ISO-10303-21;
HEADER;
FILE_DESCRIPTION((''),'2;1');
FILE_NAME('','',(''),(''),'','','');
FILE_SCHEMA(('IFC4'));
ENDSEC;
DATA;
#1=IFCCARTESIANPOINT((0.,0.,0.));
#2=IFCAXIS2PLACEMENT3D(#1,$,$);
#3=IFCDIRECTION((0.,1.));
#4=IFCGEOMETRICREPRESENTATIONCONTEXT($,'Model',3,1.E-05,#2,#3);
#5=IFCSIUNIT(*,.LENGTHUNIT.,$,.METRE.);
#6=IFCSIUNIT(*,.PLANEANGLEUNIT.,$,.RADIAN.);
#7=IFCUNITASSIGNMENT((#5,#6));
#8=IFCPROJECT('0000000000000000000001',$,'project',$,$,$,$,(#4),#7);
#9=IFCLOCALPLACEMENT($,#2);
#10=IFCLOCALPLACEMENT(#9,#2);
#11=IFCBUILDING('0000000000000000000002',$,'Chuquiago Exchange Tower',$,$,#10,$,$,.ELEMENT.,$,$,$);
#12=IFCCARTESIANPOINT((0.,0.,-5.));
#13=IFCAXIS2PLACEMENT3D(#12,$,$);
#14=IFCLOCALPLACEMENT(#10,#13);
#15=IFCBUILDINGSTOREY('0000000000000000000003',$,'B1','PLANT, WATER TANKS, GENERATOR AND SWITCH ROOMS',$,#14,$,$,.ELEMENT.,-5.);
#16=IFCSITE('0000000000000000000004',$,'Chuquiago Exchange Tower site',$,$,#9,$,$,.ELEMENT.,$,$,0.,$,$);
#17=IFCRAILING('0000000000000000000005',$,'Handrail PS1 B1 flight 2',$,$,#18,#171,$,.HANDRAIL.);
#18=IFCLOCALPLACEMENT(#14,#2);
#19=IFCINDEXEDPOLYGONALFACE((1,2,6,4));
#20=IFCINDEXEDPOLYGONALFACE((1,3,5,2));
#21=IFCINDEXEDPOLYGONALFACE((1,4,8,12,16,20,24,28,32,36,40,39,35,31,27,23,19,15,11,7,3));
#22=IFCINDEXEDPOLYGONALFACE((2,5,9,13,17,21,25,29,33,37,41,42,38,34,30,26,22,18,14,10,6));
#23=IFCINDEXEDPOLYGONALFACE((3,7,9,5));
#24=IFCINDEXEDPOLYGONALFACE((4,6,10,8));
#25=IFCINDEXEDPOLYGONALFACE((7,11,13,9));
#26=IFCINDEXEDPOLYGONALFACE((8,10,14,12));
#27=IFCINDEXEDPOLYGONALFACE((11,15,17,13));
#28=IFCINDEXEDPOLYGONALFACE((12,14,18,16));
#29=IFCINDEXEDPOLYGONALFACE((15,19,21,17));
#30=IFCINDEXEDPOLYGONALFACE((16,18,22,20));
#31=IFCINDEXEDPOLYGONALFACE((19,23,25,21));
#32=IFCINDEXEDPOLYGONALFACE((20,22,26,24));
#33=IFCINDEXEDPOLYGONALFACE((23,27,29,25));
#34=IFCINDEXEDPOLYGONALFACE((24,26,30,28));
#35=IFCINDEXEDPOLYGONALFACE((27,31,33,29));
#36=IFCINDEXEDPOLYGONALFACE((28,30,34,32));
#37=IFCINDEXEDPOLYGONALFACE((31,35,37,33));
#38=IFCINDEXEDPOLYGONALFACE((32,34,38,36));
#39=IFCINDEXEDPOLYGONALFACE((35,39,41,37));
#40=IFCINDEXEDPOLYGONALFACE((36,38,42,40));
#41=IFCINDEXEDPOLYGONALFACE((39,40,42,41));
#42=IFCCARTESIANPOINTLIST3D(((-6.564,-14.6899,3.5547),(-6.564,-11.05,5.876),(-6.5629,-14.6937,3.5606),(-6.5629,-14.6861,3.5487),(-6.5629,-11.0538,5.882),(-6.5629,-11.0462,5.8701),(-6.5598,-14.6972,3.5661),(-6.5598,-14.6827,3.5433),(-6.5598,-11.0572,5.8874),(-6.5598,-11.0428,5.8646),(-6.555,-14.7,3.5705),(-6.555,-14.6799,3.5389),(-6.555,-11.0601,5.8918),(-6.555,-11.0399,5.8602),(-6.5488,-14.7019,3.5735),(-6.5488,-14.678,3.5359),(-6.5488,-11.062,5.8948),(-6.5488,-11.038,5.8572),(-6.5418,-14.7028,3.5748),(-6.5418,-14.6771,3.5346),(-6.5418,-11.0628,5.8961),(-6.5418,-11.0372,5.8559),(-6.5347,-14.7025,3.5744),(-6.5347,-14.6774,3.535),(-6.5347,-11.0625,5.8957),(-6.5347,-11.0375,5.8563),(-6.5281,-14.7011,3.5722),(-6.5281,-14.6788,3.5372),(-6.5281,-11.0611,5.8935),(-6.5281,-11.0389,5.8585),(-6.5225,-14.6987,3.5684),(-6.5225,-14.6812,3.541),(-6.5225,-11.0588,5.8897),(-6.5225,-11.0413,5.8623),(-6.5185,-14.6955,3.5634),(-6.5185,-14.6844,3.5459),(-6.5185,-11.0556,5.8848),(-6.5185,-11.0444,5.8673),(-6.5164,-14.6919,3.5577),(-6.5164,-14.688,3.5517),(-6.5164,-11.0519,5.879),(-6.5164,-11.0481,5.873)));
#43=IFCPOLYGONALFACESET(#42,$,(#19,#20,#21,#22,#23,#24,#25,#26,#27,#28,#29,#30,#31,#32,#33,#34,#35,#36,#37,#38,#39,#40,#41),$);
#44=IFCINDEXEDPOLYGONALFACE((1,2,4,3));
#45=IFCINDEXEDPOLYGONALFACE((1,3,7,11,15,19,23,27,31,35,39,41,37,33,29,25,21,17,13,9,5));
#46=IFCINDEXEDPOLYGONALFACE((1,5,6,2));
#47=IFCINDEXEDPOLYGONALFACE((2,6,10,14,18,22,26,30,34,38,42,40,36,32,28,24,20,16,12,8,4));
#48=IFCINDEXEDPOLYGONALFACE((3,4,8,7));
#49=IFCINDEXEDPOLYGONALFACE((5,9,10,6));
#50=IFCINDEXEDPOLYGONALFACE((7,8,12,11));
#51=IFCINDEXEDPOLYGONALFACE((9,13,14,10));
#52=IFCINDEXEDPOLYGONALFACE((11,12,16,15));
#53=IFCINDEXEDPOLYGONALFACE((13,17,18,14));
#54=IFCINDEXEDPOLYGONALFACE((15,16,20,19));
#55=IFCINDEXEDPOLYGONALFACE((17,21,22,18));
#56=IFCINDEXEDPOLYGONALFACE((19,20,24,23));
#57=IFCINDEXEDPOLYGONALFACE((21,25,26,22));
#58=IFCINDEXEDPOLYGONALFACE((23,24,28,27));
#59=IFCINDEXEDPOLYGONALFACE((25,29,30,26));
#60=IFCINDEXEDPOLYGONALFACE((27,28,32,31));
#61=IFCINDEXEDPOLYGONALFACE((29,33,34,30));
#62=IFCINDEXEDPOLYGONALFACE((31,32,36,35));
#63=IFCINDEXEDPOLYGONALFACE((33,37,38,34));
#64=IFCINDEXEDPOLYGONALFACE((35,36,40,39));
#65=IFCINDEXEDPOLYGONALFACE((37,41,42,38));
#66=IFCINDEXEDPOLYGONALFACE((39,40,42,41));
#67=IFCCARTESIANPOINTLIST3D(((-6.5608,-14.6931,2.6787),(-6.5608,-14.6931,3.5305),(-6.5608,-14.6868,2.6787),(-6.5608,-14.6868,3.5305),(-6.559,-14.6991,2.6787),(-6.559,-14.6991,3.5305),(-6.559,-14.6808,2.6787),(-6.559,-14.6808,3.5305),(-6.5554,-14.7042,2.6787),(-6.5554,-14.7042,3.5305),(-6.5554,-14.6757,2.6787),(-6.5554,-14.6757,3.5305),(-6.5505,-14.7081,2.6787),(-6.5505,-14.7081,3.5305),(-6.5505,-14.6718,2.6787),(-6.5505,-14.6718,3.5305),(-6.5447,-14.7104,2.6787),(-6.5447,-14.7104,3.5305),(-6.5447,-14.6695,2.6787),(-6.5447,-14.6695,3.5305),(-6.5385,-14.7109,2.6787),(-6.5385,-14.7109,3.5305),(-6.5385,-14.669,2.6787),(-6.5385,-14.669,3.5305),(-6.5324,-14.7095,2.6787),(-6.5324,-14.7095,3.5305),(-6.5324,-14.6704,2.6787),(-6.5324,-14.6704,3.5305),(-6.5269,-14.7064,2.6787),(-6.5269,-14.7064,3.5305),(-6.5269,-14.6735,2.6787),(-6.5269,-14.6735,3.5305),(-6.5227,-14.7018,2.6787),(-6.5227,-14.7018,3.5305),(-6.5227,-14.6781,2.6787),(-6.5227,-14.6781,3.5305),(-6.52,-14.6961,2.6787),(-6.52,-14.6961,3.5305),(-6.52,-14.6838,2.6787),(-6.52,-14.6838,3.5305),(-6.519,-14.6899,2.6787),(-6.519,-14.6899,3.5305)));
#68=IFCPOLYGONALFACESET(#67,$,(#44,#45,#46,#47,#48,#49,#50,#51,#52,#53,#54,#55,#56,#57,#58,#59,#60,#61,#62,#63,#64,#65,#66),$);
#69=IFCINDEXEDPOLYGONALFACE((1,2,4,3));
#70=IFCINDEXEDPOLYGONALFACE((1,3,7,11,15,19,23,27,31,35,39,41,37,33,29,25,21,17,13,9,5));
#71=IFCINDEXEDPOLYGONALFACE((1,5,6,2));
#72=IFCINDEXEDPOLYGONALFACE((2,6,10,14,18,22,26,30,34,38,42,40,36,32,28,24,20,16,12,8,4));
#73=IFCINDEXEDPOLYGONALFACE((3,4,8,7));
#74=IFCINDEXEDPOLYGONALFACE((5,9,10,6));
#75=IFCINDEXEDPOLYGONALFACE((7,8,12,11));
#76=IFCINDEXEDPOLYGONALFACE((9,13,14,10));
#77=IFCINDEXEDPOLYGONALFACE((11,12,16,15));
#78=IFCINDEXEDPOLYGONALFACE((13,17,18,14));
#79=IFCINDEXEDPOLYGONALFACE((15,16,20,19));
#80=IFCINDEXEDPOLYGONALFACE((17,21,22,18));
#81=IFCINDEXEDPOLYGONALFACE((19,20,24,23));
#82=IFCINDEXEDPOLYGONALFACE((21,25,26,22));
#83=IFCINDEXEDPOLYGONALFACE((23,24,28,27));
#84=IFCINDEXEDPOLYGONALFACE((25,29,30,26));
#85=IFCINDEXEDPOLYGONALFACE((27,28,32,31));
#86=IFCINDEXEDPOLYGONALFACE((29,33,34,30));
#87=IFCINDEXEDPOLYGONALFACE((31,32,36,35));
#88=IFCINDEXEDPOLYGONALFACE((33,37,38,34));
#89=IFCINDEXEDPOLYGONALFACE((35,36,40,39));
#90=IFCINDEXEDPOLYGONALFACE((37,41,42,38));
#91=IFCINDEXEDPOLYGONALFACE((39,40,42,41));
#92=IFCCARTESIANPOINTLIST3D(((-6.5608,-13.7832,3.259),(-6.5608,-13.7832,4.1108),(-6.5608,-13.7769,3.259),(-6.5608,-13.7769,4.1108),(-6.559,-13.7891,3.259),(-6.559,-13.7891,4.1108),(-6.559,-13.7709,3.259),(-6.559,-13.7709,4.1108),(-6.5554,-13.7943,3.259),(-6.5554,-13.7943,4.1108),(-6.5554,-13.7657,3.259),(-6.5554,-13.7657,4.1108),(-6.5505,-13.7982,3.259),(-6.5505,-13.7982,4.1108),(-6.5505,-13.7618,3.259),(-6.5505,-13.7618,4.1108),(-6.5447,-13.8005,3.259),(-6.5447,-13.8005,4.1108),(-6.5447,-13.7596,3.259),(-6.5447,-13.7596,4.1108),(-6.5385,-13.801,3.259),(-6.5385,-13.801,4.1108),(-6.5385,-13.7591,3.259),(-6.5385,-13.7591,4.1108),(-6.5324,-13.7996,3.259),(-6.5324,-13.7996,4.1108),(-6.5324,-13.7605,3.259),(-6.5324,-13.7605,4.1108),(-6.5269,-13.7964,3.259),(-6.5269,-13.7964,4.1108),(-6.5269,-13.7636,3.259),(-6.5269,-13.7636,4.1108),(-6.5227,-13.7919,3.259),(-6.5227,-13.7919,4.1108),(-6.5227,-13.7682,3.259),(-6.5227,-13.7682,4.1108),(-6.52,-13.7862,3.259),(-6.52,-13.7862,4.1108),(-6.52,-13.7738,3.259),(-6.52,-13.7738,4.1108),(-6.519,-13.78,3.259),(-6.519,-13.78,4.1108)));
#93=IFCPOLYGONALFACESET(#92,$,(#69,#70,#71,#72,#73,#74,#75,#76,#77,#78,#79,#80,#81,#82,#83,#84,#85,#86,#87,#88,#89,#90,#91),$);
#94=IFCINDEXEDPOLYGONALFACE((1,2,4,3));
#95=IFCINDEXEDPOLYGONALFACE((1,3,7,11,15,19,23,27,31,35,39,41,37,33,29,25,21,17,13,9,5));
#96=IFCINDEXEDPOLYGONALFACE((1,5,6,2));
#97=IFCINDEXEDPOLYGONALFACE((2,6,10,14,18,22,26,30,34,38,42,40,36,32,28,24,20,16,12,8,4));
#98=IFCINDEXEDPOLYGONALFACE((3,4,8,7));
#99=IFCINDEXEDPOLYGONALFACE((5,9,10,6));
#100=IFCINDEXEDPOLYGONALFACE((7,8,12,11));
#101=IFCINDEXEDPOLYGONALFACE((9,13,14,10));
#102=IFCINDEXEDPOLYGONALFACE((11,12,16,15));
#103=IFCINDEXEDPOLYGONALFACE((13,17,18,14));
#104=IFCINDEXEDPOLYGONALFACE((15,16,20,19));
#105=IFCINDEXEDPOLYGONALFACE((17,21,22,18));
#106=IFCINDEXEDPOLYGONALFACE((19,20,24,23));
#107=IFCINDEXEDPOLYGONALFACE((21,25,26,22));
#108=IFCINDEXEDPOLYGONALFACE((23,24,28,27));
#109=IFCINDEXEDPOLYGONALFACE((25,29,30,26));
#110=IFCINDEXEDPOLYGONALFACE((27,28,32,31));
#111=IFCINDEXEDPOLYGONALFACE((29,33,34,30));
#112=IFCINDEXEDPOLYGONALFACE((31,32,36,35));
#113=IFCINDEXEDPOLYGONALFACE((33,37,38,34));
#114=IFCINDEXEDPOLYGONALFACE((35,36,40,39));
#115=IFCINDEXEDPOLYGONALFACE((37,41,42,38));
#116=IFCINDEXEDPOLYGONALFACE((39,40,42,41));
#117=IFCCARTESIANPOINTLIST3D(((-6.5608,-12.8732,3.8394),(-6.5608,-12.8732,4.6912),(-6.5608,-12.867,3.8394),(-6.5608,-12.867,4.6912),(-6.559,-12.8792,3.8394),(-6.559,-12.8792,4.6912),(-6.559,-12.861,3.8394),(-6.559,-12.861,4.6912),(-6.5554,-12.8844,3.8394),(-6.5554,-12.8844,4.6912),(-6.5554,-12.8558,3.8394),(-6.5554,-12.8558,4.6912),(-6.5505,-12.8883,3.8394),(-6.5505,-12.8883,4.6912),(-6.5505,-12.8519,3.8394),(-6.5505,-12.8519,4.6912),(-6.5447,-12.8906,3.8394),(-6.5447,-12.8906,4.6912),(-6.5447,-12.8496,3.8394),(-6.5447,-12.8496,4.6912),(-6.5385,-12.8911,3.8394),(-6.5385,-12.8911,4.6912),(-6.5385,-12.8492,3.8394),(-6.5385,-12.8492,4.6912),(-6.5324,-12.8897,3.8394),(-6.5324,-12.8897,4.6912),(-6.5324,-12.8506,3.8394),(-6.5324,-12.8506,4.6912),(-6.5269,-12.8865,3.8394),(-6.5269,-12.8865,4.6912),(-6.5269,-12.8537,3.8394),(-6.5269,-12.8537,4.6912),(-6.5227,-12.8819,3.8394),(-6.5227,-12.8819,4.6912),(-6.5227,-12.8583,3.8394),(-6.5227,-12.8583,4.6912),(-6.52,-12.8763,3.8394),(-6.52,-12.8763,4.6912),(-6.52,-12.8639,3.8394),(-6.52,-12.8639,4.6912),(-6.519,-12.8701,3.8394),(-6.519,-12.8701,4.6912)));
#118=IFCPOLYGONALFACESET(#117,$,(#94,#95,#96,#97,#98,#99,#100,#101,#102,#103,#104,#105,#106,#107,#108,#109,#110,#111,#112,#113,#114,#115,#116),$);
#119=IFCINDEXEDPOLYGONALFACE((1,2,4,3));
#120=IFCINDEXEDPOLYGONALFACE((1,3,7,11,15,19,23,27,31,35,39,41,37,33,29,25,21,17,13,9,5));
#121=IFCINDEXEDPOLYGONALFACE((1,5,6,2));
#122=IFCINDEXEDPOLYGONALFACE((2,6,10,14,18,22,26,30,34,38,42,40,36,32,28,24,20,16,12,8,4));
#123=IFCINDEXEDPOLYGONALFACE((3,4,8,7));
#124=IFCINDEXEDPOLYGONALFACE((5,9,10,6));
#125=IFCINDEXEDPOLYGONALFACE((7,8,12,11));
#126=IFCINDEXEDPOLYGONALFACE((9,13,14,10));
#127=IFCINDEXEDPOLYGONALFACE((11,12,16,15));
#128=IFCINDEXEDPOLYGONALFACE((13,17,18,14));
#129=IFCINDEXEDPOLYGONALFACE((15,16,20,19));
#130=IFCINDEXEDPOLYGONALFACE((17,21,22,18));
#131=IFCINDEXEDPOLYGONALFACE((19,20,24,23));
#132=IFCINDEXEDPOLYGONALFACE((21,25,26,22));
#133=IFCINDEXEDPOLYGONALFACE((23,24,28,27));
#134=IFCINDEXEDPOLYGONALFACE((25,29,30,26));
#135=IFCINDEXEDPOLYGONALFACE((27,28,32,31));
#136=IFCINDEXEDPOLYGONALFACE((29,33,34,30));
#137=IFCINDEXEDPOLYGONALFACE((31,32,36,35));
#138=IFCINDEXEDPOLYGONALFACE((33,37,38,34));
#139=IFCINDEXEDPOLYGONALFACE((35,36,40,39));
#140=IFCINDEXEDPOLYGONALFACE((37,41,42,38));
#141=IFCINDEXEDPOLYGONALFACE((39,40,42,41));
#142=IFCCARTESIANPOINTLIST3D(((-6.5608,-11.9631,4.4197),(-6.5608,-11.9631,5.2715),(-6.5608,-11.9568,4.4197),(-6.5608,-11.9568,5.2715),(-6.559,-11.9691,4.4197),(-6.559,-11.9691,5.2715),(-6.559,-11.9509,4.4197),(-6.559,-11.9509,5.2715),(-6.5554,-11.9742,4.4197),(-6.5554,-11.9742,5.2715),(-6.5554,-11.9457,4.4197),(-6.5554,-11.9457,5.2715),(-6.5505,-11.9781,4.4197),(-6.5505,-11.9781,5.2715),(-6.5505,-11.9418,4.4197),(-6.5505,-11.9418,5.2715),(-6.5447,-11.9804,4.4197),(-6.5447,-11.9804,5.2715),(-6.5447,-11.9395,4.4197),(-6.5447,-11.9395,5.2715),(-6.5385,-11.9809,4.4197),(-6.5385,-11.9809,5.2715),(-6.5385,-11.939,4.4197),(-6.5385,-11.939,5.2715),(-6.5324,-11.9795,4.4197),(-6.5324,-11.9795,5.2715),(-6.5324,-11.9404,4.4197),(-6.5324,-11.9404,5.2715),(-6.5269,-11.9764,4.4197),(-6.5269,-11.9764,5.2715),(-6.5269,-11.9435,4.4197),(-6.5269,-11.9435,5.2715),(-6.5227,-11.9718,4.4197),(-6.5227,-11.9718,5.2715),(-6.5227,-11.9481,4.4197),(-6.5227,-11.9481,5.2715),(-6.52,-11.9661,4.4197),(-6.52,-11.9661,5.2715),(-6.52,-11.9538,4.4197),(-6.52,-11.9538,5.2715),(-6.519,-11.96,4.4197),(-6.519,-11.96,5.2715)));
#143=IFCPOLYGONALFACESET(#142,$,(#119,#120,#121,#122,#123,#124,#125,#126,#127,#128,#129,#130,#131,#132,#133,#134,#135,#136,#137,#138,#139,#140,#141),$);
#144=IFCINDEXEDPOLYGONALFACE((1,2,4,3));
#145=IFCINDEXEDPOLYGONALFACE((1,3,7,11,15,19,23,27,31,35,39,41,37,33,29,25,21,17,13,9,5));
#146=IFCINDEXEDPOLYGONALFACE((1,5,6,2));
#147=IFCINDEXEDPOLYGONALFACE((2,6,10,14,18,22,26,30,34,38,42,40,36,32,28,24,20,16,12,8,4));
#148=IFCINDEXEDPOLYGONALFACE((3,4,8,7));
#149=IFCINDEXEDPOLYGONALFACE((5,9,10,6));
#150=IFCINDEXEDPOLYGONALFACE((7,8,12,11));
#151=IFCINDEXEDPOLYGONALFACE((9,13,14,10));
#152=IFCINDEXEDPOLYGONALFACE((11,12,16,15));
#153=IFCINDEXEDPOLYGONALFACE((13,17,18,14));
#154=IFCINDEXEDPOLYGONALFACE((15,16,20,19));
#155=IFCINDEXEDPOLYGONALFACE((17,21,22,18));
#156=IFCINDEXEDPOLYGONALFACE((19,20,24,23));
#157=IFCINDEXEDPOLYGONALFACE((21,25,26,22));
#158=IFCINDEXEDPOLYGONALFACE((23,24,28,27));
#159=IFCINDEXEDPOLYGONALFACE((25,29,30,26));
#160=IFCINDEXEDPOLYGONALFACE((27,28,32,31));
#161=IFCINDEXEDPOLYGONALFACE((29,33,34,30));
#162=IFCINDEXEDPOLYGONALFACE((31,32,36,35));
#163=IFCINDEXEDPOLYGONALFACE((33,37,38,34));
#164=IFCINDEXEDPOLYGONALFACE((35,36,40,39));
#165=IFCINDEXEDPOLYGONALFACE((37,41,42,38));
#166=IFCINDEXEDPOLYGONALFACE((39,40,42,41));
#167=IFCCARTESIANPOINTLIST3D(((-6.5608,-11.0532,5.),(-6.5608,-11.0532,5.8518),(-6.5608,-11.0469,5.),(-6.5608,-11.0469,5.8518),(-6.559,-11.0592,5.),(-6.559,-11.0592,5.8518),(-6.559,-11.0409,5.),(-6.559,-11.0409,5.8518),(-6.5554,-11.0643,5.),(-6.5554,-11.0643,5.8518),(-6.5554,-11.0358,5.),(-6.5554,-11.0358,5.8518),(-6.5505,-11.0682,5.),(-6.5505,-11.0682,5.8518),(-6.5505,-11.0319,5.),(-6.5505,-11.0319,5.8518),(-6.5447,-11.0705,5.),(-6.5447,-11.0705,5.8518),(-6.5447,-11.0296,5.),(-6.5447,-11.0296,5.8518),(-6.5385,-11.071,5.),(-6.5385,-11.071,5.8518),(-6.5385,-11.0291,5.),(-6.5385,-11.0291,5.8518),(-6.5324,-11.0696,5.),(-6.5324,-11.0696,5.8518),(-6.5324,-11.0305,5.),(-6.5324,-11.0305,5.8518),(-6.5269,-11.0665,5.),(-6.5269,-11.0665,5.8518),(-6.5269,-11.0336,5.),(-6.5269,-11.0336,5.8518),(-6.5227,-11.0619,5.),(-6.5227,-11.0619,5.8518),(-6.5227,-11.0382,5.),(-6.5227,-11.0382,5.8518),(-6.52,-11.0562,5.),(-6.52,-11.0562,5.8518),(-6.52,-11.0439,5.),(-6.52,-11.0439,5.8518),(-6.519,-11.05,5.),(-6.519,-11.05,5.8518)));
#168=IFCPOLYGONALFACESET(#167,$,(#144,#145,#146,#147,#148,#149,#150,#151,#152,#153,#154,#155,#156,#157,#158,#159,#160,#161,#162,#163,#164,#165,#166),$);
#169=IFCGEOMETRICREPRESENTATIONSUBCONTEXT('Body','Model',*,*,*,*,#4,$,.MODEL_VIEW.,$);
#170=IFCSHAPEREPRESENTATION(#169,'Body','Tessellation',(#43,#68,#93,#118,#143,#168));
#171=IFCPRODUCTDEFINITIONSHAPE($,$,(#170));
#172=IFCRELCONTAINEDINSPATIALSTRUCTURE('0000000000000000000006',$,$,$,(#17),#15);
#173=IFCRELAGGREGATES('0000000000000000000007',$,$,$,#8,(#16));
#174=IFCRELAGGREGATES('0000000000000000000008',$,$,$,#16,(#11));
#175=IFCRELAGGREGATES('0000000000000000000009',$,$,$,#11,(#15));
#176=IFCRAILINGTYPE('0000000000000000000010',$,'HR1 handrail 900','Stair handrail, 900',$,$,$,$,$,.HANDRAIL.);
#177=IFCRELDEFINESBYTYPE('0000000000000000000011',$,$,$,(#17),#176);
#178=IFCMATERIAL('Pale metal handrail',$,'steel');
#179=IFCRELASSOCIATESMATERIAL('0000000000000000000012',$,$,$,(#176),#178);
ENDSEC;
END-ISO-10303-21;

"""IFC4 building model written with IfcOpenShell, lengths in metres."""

from ifc_helpers import new_model, si_unit, direction, frame, origin, origin_2d, place, context, subcontext, project, spatial, circle, extrude, material, type_object, element, save


model = new_model("IFC4")

# Units and contexts
model_context = context("Model", 3, precision=1e-05, world=origin(), true_north=direction((0.0, 1.0)))
body_context = subcontext(model_context, "Body", "Model", "MODEL_VIEW")
ifc_project = project(units=[si_unit("LENGTHUNIT", "METRE"), si_unit("PLANEANGLEUNIT", "RADIAN")], contexts=[model_context])

# Site, building, storey
site_placement = place(None, origin())
site = spatial("IfcSite", under=ifc_project, at=site_placement, Name="Chuquiago Exchange Tower site", CompositionType="ELEMENT", RefElevation=0.0)
building_placement = place(site_placement, origin())
building = spatial("IfcBuilding", under=site, at=building_placement, Name="Chuquiago Exchange Tower", CompositionType="ELEMENT")
storey_placement = place(building_placement, frame((0.0, 0.0, -5.0)))
storey = spatial("IfcBuildingStorey", under=building, at=storey_placement, Name="B1", Description="PLANT, WATER TANKS, GENERATOR AND SWITCH ROOMS", CompositionType="ELEMENT", Elevation=-5.0)

# Railing
ifc_material_1 = material(Name="Pale metal handrail", Category="steel")
railing_type = type_object("IfcRailingType", Name="HR1 handrail 900", Description="Stair handrail, 900", PredefinedType="HANDRAIL", material=ifc_material_1)
for number, where, name in (
    (1, (-6.54, -14.6899, 2.6787), "Handrail PS1 B1 flight 2"),
):
    element("IfcRailing", number, at=place(storey_placement, frame(where)), inside=storey, type_object=railing_type, Name=name, PredefinedType="HANDRAIL", context=body_context, shape_type="SweptSolid", body=[
        extrude(circle(Radius=0.0239, at=origin_2d()), frame((0.0, 0.0, 0.876), z_axis=(0.0, 0.843137, 0.537699), x_axis=(-1.0, 0.0, 0.0)), (0.0, 0.0, 1.0), 4.3171),
        extrude(circle(Radius=0.021, at=origin_2d()), origin(), (0.0, 0.0, 1.0), 0.8518),
        extrude(circle(Radius=0.021, at=origin_2d()), frame((0.0, 0.9099, 0.5803)), (0.0, 0.0, 1.0), 0.8518),
        extrude(circle(Radius=0.021, at=origin_2d()), frame((0.0, 1.8198, 1.1606)), (0.0, 0.0, 1.0), 0.8518),
        extrude(circle(Radius=0.021, at=origin_2d()), frame((0.0, 2.73, 1.741)), (0.0, 0.0, 1.0), 0.8518),
        extrude(circle(Radius=0.021, at=origin_2d()), frame((0.0, 3.6399, 2.3213)), (0.0, 0.0, 1.0), 0.8518),
    ])

save(model, "model.ifc")
